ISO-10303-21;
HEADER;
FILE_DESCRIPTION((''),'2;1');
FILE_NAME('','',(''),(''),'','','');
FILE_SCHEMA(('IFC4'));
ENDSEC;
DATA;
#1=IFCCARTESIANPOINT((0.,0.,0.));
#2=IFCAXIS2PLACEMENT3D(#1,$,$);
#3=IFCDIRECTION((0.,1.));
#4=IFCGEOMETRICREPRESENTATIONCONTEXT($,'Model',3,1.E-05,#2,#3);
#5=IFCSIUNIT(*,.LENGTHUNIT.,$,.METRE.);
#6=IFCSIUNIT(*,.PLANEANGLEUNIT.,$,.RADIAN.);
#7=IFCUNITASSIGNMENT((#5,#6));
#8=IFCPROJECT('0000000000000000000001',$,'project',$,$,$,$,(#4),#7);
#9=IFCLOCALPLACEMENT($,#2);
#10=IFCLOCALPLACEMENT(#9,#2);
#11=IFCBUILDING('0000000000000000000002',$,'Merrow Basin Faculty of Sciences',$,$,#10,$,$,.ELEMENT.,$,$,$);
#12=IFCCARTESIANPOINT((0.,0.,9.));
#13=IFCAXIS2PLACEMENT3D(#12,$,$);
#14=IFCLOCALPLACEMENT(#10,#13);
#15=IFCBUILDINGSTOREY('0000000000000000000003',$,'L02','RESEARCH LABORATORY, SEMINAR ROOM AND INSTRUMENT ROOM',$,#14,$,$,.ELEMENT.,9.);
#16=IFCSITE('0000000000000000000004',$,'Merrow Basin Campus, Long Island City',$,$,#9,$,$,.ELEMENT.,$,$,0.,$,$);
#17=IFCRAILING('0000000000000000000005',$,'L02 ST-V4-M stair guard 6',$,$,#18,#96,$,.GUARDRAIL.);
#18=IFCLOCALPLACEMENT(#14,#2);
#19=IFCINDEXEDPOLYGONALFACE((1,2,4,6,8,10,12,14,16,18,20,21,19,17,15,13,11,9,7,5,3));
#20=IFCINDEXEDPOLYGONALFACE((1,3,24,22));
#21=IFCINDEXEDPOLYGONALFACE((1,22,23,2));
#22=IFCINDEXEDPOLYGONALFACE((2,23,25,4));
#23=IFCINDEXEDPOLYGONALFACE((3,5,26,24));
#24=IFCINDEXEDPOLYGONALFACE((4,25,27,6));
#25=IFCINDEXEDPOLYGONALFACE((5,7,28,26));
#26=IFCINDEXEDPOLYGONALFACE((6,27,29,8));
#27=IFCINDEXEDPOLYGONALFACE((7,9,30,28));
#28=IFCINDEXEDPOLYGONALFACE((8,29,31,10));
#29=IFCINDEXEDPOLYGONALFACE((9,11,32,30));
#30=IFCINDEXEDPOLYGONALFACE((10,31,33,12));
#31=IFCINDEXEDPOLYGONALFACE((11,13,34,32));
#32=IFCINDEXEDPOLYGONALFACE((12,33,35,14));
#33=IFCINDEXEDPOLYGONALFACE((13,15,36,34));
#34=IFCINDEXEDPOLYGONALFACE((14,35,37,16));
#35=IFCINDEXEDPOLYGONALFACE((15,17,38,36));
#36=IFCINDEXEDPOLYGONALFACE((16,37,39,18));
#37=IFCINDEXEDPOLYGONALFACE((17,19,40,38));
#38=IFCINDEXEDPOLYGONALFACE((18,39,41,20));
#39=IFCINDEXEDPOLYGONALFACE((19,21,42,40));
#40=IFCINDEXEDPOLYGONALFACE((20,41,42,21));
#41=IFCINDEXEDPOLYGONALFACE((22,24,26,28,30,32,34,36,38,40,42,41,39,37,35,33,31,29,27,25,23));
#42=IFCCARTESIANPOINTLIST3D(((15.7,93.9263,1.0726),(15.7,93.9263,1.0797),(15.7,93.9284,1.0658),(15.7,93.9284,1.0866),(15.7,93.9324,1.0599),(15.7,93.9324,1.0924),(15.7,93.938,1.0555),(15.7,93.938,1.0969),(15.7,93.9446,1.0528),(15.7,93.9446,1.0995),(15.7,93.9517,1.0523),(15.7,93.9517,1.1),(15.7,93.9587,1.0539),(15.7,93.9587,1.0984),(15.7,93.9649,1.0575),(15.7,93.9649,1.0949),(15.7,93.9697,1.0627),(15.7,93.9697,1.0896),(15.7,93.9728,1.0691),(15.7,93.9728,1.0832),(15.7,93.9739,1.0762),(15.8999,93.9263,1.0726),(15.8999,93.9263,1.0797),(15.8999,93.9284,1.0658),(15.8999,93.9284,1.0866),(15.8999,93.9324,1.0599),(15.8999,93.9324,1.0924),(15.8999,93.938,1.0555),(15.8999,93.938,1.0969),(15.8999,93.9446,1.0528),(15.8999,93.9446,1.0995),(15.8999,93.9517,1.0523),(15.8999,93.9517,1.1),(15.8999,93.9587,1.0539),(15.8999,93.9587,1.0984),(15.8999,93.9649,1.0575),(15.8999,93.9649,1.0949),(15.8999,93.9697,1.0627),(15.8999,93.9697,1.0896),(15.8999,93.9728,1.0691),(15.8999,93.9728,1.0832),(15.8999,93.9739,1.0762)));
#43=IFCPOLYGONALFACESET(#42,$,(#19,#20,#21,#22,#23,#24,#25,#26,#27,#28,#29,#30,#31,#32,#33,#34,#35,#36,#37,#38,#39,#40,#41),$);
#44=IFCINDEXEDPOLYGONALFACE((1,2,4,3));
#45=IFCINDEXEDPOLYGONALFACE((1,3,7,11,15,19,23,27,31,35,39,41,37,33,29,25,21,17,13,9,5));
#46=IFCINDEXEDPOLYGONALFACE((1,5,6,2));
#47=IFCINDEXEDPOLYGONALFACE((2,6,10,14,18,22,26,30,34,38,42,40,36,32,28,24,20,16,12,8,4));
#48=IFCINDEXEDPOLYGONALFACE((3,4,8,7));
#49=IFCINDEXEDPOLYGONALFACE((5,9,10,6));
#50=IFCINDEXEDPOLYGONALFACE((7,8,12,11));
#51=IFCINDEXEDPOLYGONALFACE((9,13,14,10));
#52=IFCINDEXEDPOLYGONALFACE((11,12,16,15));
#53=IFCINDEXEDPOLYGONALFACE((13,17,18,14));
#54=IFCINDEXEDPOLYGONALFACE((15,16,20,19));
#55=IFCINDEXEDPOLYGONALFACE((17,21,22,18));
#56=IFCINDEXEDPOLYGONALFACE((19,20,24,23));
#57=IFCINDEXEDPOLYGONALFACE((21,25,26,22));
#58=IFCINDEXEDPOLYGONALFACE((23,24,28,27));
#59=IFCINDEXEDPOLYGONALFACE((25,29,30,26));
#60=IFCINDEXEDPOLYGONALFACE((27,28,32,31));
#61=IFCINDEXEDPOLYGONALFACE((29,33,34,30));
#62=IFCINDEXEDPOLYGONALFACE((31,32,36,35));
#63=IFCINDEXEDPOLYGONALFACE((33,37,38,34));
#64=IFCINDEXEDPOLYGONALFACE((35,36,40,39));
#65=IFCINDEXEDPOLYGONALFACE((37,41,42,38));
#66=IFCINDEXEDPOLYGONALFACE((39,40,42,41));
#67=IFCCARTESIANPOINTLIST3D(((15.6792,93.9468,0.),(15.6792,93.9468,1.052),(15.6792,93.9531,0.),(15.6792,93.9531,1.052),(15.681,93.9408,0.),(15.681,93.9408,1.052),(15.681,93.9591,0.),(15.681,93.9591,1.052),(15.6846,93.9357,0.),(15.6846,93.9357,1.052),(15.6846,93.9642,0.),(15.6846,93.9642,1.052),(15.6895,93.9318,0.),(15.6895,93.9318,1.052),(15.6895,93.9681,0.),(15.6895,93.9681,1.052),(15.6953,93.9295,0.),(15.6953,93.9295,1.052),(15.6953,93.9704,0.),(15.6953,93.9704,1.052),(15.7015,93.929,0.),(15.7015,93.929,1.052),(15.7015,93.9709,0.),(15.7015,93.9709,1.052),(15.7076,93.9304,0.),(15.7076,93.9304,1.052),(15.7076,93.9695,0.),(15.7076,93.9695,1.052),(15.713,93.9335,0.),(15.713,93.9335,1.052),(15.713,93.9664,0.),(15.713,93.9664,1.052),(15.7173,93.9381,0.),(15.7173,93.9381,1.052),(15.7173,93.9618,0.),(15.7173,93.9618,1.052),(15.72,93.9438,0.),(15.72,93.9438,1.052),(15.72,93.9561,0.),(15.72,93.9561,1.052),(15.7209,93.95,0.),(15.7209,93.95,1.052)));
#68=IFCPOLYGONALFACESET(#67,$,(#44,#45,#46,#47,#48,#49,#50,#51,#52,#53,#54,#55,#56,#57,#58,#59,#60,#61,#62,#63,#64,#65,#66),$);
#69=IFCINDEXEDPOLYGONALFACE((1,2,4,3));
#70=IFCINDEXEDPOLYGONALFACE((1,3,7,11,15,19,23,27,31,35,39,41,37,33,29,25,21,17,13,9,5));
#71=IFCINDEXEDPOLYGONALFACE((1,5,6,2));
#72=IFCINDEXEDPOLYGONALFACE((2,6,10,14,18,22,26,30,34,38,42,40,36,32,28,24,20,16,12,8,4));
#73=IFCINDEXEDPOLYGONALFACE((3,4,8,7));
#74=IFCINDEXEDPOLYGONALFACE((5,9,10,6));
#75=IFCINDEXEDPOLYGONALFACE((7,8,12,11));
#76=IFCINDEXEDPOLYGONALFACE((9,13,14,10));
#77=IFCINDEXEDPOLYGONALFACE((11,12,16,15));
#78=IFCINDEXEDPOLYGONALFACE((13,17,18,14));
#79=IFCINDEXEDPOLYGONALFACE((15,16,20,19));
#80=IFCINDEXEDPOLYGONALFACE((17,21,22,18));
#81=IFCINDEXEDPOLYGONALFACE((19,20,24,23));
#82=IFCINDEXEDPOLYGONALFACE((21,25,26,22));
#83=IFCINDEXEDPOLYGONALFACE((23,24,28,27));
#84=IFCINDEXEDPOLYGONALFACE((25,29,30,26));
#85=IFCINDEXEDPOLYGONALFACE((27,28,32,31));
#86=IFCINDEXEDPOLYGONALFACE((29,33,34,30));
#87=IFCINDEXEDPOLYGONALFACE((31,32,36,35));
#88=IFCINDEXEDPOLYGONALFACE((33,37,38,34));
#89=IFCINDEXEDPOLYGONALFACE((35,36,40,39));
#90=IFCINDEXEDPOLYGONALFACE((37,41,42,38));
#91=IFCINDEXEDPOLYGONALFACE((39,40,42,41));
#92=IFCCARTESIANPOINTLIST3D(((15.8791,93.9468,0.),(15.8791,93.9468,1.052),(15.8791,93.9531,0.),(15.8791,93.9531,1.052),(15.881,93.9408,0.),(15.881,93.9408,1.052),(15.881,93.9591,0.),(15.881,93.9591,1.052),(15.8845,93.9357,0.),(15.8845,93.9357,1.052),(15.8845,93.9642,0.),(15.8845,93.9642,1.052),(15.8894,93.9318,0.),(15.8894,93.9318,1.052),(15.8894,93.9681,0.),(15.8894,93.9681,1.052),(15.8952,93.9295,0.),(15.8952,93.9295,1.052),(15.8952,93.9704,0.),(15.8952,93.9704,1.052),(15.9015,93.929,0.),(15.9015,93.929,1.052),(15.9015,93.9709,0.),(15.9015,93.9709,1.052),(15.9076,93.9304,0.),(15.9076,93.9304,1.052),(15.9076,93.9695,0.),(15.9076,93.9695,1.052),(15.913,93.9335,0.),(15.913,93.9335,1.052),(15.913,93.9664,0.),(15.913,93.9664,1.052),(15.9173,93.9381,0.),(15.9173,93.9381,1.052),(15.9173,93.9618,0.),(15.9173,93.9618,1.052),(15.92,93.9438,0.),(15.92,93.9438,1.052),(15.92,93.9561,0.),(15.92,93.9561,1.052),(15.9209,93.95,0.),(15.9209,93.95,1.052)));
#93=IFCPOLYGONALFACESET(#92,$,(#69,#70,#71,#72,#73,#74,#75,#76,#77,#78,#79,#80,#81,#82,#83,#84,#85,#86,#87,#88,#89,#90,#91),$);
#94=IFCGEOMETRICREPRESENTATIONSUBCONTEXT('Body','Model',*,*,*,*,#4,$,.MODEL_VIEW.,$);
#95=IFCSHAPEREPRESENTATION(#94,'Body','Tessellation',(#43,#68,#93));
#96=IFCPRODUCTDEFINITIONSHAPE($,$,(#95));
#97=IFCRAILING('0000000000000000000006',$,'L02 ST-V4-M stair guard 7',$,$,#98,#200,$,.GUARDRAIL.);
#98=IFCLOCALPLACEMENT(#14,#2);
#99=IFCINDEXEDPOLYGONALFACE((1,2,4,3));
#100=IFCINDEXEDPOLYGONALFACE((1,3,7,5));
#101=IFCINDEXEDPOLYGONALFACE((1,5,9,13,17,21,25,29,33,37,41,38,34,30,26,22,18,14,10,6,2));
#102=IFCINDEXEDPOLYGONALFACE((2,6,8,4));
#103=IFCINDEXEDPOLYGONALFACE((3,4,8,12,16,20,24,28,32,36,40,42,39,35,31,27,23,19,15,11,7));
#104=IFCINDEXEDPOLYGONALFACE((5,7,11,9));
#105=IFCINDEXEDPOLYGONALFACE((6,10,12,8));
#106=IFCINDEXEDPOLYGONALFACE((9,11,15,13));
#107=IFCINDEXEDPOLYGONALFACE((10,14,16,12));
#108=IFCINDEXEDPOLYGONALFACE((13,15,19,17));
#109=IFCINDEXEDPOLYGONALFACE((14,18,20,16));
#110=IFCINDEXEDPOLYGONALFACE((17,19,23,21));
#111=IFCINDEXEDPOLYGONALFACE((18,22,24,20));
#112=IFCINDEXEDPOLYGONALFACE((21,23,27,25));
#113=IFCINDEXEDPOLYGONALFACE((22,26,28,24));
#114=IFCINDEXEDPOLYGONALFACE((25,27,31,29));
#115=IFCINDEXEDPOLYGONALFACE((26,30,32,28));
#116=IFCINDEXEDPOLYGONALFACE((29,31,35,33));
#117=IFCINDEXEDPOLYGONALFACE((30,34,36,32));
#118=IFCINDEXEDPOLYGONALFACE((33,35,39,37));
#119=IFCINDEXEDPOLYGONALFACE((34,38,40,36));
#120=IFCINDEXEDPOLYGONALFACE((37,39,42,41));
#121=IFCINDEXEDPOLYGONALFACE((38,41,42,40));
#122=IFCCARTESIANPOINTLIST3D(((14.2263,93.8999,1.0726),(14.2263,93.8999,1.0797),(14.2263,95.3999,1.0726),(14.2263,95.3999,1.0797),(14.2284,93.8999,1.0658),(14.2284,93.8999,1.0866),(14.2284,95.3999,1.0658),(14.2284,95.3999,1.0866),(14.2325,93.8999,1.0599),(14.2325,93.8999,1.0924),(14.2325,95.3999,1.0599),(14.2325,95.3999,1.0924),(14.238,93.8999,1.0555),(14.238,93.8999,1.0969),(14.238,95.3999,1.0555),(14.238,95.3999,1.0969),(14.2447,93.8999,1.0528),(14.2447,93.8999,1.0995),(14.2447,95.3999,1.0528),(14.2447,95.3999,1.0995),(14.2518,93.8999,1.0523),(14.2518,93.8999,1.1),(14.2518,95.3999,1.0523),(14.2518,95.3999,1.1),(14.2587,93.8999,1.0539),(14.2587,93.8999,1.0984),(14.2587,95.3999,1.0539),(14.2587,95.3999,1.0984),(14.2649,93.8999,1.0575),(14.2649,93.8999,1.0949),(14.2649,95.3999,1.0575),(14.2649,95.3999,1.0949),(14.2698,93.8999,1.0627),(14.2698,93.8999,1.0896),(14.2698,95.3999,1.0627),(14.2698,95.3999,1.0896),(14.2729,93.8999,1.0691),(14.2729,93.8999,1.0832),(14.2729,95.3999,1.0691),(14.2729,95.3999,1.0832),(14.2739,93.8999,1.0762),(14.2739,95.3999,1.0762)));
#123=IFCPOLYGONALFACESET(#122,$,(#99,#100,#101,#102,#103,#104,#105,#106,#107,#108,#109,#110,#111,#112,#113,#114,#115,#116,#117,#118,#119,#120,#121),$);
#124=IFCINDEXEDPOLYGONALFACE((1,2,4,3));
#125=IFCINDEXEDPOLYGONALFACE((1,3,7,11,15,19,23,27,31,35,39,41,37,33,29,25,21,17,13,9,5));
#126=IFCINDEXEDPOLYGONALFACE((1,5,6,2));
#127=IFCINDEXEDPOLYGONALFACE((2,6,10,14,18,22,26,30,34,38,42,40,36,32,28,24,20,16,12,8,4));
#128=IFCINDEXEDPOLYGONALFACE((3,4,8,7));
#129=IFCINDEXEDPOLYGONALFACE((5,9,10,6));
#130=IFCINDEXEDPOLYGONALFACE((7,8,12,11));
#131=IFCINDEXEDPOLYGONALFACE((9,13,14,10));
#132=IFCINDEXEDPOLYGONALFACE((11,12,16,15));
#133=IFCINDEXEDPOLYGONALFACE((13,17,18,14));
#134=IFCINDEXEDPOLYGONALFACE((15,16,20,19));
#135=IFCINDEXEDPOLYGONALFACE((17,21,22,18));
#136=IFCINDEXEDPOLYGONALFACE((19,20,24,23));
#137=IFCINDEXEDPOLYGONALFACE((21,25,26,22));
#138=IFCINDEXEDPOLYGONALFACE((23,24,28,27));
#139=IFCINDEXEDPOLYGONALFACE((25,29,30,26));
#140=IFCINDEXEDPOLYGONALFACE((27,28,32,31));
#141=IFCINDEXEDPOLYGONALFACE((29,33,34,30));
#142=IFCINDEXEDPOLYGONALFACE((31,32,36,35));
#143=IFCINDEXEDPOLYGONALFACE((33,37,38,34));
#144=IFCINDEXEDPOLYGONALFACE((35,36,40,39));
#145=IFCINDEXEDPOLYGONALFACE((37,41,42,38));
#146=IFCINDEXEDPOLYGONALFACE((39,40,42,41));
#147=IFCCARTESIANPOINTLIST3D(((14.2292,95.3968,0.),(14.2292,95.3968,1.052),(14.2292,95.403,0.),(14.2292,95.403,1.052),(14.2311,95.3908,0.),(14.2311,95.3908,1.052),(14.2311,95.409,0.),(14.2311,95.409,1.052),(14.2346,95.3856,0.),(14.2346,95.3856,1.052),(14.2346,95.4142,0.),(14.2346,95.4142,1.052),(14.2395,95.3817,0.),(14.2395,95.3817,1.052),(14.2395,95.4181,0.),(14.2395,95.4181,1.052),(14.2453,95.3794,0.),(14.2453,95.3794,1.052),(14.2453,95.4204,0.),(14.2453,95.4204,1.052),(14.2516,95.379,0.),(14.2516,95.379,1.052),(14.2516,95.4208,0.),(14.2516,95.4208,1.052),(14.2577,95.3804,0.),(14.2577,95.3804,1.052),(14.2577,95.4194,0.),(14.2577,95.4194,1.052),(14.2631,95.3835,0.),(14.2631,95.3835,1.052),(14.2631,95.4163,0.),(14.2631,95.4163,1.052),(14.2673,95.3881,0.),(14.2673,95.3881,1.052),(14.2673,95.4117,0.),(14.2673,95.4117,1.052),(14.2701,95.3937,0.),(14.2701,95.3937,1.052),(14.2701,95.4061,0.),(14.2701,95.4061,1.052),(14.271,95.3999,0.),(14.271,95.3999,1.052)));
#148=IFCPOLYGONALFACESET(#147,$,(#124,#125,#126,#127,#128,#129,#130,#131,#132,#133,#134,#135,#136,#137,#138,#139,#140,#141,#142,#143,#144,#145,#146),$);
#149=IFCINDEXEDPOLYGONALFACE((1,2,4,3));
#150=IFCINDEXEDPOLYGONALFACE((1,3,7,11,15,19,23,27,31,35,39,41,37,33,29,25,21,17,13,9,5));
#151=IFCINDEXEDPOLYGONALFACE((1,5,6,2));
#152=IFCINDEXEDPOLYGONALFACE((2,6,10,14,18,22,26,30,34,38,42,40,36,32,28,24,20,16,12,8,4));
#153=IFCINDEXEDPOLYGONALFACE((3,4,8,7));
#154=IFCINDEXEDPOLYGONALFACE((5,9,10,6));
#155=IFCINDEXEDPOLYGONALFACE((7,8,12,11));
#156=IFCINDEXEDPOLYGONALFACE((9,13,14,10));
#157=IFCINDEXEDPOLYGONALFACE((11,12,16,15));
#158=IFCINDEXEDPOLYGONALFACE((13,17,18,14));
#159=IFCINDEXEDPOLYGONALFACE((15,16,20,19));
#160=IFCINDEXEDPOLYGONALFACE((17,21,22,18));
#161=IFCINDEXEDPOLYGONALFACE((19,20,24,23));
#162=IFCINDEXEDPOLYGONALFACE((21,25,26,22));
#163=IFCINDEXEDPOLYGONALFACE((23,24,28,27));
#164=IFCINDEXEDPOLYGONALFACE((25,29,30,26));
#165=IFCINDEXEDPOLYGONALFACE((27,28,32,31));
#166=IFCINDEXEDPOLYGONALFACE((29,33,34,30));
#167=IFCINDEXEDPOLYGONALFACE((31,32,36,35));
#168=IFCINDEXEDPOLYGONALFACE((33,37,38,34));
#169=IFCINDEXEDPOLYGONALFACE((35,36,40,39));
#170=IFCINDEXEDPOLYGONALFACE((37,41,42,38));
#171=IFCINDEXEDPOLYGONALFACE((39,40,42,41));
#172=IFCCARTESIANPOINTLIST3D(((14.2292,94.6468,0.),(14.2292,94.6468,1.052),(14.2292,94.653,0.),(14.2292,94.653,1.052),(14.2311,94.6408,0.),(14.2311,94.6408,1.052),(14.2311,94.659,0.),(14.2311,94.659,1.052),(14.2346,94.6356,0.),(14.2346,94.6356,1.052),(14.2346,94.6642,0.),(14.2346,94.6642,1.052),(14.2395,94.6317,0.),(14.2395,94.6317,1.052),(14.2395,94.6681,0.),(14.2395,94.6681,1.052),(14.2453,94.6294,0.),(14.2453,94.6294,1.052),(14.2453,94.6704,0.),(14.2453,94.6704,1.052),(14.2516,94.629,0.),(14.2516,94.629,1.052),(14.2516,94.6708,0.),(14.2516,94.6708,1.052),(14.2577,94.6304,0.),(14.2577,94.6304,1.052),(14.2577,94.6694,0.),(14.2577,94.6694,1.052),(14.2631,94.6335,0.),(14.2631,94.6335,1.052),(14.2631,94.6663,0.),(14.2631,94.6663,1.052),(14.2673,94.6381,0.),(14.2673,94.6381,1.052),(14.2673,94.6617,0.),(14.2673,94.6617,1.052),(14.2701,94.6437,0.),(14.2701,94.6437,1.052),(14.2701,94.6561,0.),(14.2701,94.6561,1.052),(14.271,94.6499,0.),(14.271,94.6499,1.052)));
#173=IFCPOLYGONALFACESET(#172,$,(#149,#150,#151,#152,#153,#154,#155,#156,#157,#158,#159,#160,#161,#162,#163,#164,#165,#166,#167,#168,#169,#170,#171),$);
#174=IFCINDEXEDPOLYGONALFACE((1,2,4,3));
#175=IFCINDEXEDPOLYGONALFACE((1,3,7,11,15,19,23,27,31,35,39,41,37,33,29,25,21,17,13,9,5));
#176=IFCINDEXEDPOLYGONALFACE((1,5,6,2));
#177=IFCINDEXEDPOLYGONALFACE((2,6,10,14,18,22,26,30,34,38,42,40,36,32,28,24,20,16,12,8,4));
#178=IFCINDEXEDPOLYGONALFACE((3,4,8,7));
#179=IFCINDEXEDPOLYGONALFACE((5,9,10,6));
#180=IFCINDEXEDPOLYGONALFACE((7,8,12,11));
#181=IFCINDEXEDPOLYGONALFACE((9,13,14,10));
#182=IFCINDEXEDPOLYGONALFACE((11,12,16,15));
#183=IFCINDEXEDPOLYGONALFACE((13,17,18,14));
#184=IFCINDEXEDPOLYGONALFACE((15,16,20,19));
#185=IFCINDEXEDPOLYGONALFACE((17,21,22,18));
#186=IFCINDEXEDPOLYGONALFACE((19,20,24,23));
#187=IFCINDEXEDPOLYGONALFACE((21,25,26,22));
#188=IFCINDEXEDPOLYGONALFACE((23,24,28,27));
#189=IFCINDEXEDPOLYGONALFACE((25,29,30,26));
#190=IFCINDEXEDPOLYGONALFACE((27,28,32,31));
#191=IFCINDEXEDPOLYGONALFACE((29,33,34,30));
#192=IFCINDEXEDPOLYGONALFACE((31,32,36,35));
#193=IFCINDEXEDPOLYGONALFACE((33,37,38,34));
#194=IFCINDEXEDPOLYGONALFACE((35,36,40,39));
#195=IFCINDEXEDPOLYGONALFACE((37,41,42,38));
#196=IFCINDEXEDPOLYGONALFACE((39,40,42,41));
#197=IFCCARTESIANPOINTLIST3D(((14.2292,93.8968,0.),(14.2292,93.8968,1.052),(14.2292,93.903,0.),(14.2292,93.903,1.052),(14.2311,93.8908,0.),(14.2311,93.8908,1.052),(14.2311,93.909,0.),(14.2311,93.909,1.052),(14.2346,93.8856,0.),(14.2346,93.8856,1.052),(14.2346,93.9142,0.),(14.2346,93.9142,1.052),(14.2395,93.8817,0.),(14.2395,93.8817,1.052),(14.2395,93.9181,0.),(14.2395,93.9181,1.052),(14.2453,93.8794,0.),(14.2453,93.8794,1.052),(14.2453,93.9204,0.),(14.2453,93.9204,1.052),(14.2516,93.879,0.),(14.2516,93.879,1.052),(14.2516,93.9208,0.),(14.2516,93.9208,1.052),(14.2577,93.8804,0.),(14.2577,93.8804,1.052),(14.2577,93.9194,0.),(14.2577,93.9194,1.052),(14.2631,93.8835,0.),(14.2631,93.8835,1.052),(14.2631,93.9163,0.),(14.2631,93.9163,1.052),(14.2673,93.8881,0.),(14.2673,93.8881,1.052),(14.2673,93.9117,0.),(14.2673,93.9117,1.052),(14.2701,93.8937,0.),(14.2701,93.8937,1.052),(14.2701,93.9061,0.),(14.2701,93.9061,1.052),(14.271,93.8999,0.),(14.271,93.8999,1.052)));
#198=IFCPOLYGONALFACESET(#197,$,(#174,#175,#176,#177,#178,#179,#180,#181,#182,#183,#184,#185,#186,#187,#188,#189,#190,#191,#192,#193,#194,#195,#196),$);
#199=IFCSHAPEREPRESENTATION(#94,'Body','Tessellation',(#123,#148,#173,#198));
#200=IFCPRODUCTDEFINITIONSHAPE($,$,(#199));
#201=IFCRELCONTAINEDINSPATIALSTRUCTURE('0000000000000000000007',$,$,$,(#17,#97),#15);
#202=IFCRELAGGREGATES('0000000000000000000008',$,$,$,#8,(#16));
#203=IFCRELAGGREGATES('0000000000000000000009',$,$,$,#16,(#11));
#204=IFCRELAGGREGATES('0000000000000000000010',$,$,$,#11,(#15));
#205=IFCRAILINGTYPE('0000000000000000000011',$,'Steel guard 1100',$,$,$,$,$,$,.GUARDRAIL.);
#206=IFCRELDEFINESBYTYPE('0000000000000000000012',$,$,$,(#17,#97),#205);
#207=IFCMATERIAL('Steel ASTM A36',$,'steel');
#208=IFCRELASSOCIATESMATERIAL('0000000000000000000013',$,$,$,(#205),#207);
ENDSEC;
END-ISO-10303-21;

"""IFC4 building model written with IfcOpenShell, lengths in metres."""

from ifc_helpers import new_model, si_unit, direction, frame, origin, origin_2d, place, context, subcontext, project, spatial, circle, extrude, material, type_object, element, save


model = new_model("IFC4")

# Units and contexts
model_context = context("Model", 3, precision=1e-05, world=origin(), true_north=direction((0.0, 1.0)))
body_context = subcontext(model_context, "Body", "Model", "MODEL_VIEW")
ifc_project = project(units=[si_unit("LENGTHUNIT", "METRE"), si_unit("PLANEANGLEUNIT", "RADIAN")], contexts=[model_context])

# Site, building, storey
site_placement = place(None, origin())
site = spatial("IfcSite", under=ifc_project, at=site_placement, Name="Merrow Basin Campus, Long Island City", CompositionType="ELEMENT", RefElevation=0.0)
building_placement = place(site_placement, origin())
building = spatial("IfcBuilding", under=site, at=building_placement, Name="Merrow Basin Faculty of Sciences", CompositionType="ELEMENT")
storey_placement = place(building_placement, frame((0.0, 0.0, 9.0)))
storey = spatial("IfcBuildingStorey", under=building, at=storey_placement, Name="L02", Description="RESEARCH LABORATORY, SEMINAR ROOM AND INSTRUMENT ROOM", CompositionType="ELEMENT", Elevation=9.0)

# Railings
ifc_material_1 = material(Name="Steel ASTM A36", Category="steel")
railing_type_1 = type_object("IfcRailingType", Name="Steel guard 1100", PredefinedType="GUARDRAIL", material=ifc_material_1)
railing_1_placement = place(storey_placement, frame((15.7, 93.95, 0.0)))
element("IfcRailing", 1, at=railing_1_placement, inside=storey, type_object=railing_type_1, Name="L02 ST-V4-M stair guard 6", PredefinedType="GUARDRAIL", context=body_context, shape_type="SweptSolid", body=[
    extrude(circle(Radius=0.0239, at=origin_2d()), frame((0.0, 0.0, 1.0762), z_axis=(1.0, 0.0, 0.0), x_axis=(0.0, 1.0, 0.0)), (0.0, 0.0, 1.0), 0.2),
    extrude(circle(Radius=0.021, at=origin_2d()), origin(), (0.0, 0.0, 1.0), 1.052),
    extrude(circle(Radius=0.021, at=origin_2d()), frame((0.2, 0.0, 0.0)), (0.0, 0.0, 1.0), 1.052),
])
railing_2_placement = place(storey_placement, frame((14.25, 95.3999, 0.0)))
element("IfcRailing", 2, at=railing_2_placement, inside=storey, type_object=railing_type_1, Name="L02 ST-V4-M stair guard 7", PredefinedType="GUARDRAIL", context=body_context, shape_type="SweptSolid", body=[
    extrude(circle(Radius=0.0239, at=origin_2d()), frame((0.0, 0.0, 1.0762), z_axis=(0.0, -1.0, 0.0), x_axis=(1.0, 0.0, 0.0)), (0.0, 0.0, 1.0), 1.5),
    extrude(circle(Radius=0.021, at=origin_2d()), origin(), (0.0, 0.0, 1.0), 1.052),
    extrude(circle(Radius=0.021, at=origin_2d()), frame((0.0, -0.75, 0.0)), (0.0, 0.0, 1.0), 1.052),
    extrude(circle(Radius=0.021, at=origin_2d()), frame((0.0, -1.5, 0.0)), (0.0, 0.0, 1.0), 1.052),
])

save(model, "model.ifc")
